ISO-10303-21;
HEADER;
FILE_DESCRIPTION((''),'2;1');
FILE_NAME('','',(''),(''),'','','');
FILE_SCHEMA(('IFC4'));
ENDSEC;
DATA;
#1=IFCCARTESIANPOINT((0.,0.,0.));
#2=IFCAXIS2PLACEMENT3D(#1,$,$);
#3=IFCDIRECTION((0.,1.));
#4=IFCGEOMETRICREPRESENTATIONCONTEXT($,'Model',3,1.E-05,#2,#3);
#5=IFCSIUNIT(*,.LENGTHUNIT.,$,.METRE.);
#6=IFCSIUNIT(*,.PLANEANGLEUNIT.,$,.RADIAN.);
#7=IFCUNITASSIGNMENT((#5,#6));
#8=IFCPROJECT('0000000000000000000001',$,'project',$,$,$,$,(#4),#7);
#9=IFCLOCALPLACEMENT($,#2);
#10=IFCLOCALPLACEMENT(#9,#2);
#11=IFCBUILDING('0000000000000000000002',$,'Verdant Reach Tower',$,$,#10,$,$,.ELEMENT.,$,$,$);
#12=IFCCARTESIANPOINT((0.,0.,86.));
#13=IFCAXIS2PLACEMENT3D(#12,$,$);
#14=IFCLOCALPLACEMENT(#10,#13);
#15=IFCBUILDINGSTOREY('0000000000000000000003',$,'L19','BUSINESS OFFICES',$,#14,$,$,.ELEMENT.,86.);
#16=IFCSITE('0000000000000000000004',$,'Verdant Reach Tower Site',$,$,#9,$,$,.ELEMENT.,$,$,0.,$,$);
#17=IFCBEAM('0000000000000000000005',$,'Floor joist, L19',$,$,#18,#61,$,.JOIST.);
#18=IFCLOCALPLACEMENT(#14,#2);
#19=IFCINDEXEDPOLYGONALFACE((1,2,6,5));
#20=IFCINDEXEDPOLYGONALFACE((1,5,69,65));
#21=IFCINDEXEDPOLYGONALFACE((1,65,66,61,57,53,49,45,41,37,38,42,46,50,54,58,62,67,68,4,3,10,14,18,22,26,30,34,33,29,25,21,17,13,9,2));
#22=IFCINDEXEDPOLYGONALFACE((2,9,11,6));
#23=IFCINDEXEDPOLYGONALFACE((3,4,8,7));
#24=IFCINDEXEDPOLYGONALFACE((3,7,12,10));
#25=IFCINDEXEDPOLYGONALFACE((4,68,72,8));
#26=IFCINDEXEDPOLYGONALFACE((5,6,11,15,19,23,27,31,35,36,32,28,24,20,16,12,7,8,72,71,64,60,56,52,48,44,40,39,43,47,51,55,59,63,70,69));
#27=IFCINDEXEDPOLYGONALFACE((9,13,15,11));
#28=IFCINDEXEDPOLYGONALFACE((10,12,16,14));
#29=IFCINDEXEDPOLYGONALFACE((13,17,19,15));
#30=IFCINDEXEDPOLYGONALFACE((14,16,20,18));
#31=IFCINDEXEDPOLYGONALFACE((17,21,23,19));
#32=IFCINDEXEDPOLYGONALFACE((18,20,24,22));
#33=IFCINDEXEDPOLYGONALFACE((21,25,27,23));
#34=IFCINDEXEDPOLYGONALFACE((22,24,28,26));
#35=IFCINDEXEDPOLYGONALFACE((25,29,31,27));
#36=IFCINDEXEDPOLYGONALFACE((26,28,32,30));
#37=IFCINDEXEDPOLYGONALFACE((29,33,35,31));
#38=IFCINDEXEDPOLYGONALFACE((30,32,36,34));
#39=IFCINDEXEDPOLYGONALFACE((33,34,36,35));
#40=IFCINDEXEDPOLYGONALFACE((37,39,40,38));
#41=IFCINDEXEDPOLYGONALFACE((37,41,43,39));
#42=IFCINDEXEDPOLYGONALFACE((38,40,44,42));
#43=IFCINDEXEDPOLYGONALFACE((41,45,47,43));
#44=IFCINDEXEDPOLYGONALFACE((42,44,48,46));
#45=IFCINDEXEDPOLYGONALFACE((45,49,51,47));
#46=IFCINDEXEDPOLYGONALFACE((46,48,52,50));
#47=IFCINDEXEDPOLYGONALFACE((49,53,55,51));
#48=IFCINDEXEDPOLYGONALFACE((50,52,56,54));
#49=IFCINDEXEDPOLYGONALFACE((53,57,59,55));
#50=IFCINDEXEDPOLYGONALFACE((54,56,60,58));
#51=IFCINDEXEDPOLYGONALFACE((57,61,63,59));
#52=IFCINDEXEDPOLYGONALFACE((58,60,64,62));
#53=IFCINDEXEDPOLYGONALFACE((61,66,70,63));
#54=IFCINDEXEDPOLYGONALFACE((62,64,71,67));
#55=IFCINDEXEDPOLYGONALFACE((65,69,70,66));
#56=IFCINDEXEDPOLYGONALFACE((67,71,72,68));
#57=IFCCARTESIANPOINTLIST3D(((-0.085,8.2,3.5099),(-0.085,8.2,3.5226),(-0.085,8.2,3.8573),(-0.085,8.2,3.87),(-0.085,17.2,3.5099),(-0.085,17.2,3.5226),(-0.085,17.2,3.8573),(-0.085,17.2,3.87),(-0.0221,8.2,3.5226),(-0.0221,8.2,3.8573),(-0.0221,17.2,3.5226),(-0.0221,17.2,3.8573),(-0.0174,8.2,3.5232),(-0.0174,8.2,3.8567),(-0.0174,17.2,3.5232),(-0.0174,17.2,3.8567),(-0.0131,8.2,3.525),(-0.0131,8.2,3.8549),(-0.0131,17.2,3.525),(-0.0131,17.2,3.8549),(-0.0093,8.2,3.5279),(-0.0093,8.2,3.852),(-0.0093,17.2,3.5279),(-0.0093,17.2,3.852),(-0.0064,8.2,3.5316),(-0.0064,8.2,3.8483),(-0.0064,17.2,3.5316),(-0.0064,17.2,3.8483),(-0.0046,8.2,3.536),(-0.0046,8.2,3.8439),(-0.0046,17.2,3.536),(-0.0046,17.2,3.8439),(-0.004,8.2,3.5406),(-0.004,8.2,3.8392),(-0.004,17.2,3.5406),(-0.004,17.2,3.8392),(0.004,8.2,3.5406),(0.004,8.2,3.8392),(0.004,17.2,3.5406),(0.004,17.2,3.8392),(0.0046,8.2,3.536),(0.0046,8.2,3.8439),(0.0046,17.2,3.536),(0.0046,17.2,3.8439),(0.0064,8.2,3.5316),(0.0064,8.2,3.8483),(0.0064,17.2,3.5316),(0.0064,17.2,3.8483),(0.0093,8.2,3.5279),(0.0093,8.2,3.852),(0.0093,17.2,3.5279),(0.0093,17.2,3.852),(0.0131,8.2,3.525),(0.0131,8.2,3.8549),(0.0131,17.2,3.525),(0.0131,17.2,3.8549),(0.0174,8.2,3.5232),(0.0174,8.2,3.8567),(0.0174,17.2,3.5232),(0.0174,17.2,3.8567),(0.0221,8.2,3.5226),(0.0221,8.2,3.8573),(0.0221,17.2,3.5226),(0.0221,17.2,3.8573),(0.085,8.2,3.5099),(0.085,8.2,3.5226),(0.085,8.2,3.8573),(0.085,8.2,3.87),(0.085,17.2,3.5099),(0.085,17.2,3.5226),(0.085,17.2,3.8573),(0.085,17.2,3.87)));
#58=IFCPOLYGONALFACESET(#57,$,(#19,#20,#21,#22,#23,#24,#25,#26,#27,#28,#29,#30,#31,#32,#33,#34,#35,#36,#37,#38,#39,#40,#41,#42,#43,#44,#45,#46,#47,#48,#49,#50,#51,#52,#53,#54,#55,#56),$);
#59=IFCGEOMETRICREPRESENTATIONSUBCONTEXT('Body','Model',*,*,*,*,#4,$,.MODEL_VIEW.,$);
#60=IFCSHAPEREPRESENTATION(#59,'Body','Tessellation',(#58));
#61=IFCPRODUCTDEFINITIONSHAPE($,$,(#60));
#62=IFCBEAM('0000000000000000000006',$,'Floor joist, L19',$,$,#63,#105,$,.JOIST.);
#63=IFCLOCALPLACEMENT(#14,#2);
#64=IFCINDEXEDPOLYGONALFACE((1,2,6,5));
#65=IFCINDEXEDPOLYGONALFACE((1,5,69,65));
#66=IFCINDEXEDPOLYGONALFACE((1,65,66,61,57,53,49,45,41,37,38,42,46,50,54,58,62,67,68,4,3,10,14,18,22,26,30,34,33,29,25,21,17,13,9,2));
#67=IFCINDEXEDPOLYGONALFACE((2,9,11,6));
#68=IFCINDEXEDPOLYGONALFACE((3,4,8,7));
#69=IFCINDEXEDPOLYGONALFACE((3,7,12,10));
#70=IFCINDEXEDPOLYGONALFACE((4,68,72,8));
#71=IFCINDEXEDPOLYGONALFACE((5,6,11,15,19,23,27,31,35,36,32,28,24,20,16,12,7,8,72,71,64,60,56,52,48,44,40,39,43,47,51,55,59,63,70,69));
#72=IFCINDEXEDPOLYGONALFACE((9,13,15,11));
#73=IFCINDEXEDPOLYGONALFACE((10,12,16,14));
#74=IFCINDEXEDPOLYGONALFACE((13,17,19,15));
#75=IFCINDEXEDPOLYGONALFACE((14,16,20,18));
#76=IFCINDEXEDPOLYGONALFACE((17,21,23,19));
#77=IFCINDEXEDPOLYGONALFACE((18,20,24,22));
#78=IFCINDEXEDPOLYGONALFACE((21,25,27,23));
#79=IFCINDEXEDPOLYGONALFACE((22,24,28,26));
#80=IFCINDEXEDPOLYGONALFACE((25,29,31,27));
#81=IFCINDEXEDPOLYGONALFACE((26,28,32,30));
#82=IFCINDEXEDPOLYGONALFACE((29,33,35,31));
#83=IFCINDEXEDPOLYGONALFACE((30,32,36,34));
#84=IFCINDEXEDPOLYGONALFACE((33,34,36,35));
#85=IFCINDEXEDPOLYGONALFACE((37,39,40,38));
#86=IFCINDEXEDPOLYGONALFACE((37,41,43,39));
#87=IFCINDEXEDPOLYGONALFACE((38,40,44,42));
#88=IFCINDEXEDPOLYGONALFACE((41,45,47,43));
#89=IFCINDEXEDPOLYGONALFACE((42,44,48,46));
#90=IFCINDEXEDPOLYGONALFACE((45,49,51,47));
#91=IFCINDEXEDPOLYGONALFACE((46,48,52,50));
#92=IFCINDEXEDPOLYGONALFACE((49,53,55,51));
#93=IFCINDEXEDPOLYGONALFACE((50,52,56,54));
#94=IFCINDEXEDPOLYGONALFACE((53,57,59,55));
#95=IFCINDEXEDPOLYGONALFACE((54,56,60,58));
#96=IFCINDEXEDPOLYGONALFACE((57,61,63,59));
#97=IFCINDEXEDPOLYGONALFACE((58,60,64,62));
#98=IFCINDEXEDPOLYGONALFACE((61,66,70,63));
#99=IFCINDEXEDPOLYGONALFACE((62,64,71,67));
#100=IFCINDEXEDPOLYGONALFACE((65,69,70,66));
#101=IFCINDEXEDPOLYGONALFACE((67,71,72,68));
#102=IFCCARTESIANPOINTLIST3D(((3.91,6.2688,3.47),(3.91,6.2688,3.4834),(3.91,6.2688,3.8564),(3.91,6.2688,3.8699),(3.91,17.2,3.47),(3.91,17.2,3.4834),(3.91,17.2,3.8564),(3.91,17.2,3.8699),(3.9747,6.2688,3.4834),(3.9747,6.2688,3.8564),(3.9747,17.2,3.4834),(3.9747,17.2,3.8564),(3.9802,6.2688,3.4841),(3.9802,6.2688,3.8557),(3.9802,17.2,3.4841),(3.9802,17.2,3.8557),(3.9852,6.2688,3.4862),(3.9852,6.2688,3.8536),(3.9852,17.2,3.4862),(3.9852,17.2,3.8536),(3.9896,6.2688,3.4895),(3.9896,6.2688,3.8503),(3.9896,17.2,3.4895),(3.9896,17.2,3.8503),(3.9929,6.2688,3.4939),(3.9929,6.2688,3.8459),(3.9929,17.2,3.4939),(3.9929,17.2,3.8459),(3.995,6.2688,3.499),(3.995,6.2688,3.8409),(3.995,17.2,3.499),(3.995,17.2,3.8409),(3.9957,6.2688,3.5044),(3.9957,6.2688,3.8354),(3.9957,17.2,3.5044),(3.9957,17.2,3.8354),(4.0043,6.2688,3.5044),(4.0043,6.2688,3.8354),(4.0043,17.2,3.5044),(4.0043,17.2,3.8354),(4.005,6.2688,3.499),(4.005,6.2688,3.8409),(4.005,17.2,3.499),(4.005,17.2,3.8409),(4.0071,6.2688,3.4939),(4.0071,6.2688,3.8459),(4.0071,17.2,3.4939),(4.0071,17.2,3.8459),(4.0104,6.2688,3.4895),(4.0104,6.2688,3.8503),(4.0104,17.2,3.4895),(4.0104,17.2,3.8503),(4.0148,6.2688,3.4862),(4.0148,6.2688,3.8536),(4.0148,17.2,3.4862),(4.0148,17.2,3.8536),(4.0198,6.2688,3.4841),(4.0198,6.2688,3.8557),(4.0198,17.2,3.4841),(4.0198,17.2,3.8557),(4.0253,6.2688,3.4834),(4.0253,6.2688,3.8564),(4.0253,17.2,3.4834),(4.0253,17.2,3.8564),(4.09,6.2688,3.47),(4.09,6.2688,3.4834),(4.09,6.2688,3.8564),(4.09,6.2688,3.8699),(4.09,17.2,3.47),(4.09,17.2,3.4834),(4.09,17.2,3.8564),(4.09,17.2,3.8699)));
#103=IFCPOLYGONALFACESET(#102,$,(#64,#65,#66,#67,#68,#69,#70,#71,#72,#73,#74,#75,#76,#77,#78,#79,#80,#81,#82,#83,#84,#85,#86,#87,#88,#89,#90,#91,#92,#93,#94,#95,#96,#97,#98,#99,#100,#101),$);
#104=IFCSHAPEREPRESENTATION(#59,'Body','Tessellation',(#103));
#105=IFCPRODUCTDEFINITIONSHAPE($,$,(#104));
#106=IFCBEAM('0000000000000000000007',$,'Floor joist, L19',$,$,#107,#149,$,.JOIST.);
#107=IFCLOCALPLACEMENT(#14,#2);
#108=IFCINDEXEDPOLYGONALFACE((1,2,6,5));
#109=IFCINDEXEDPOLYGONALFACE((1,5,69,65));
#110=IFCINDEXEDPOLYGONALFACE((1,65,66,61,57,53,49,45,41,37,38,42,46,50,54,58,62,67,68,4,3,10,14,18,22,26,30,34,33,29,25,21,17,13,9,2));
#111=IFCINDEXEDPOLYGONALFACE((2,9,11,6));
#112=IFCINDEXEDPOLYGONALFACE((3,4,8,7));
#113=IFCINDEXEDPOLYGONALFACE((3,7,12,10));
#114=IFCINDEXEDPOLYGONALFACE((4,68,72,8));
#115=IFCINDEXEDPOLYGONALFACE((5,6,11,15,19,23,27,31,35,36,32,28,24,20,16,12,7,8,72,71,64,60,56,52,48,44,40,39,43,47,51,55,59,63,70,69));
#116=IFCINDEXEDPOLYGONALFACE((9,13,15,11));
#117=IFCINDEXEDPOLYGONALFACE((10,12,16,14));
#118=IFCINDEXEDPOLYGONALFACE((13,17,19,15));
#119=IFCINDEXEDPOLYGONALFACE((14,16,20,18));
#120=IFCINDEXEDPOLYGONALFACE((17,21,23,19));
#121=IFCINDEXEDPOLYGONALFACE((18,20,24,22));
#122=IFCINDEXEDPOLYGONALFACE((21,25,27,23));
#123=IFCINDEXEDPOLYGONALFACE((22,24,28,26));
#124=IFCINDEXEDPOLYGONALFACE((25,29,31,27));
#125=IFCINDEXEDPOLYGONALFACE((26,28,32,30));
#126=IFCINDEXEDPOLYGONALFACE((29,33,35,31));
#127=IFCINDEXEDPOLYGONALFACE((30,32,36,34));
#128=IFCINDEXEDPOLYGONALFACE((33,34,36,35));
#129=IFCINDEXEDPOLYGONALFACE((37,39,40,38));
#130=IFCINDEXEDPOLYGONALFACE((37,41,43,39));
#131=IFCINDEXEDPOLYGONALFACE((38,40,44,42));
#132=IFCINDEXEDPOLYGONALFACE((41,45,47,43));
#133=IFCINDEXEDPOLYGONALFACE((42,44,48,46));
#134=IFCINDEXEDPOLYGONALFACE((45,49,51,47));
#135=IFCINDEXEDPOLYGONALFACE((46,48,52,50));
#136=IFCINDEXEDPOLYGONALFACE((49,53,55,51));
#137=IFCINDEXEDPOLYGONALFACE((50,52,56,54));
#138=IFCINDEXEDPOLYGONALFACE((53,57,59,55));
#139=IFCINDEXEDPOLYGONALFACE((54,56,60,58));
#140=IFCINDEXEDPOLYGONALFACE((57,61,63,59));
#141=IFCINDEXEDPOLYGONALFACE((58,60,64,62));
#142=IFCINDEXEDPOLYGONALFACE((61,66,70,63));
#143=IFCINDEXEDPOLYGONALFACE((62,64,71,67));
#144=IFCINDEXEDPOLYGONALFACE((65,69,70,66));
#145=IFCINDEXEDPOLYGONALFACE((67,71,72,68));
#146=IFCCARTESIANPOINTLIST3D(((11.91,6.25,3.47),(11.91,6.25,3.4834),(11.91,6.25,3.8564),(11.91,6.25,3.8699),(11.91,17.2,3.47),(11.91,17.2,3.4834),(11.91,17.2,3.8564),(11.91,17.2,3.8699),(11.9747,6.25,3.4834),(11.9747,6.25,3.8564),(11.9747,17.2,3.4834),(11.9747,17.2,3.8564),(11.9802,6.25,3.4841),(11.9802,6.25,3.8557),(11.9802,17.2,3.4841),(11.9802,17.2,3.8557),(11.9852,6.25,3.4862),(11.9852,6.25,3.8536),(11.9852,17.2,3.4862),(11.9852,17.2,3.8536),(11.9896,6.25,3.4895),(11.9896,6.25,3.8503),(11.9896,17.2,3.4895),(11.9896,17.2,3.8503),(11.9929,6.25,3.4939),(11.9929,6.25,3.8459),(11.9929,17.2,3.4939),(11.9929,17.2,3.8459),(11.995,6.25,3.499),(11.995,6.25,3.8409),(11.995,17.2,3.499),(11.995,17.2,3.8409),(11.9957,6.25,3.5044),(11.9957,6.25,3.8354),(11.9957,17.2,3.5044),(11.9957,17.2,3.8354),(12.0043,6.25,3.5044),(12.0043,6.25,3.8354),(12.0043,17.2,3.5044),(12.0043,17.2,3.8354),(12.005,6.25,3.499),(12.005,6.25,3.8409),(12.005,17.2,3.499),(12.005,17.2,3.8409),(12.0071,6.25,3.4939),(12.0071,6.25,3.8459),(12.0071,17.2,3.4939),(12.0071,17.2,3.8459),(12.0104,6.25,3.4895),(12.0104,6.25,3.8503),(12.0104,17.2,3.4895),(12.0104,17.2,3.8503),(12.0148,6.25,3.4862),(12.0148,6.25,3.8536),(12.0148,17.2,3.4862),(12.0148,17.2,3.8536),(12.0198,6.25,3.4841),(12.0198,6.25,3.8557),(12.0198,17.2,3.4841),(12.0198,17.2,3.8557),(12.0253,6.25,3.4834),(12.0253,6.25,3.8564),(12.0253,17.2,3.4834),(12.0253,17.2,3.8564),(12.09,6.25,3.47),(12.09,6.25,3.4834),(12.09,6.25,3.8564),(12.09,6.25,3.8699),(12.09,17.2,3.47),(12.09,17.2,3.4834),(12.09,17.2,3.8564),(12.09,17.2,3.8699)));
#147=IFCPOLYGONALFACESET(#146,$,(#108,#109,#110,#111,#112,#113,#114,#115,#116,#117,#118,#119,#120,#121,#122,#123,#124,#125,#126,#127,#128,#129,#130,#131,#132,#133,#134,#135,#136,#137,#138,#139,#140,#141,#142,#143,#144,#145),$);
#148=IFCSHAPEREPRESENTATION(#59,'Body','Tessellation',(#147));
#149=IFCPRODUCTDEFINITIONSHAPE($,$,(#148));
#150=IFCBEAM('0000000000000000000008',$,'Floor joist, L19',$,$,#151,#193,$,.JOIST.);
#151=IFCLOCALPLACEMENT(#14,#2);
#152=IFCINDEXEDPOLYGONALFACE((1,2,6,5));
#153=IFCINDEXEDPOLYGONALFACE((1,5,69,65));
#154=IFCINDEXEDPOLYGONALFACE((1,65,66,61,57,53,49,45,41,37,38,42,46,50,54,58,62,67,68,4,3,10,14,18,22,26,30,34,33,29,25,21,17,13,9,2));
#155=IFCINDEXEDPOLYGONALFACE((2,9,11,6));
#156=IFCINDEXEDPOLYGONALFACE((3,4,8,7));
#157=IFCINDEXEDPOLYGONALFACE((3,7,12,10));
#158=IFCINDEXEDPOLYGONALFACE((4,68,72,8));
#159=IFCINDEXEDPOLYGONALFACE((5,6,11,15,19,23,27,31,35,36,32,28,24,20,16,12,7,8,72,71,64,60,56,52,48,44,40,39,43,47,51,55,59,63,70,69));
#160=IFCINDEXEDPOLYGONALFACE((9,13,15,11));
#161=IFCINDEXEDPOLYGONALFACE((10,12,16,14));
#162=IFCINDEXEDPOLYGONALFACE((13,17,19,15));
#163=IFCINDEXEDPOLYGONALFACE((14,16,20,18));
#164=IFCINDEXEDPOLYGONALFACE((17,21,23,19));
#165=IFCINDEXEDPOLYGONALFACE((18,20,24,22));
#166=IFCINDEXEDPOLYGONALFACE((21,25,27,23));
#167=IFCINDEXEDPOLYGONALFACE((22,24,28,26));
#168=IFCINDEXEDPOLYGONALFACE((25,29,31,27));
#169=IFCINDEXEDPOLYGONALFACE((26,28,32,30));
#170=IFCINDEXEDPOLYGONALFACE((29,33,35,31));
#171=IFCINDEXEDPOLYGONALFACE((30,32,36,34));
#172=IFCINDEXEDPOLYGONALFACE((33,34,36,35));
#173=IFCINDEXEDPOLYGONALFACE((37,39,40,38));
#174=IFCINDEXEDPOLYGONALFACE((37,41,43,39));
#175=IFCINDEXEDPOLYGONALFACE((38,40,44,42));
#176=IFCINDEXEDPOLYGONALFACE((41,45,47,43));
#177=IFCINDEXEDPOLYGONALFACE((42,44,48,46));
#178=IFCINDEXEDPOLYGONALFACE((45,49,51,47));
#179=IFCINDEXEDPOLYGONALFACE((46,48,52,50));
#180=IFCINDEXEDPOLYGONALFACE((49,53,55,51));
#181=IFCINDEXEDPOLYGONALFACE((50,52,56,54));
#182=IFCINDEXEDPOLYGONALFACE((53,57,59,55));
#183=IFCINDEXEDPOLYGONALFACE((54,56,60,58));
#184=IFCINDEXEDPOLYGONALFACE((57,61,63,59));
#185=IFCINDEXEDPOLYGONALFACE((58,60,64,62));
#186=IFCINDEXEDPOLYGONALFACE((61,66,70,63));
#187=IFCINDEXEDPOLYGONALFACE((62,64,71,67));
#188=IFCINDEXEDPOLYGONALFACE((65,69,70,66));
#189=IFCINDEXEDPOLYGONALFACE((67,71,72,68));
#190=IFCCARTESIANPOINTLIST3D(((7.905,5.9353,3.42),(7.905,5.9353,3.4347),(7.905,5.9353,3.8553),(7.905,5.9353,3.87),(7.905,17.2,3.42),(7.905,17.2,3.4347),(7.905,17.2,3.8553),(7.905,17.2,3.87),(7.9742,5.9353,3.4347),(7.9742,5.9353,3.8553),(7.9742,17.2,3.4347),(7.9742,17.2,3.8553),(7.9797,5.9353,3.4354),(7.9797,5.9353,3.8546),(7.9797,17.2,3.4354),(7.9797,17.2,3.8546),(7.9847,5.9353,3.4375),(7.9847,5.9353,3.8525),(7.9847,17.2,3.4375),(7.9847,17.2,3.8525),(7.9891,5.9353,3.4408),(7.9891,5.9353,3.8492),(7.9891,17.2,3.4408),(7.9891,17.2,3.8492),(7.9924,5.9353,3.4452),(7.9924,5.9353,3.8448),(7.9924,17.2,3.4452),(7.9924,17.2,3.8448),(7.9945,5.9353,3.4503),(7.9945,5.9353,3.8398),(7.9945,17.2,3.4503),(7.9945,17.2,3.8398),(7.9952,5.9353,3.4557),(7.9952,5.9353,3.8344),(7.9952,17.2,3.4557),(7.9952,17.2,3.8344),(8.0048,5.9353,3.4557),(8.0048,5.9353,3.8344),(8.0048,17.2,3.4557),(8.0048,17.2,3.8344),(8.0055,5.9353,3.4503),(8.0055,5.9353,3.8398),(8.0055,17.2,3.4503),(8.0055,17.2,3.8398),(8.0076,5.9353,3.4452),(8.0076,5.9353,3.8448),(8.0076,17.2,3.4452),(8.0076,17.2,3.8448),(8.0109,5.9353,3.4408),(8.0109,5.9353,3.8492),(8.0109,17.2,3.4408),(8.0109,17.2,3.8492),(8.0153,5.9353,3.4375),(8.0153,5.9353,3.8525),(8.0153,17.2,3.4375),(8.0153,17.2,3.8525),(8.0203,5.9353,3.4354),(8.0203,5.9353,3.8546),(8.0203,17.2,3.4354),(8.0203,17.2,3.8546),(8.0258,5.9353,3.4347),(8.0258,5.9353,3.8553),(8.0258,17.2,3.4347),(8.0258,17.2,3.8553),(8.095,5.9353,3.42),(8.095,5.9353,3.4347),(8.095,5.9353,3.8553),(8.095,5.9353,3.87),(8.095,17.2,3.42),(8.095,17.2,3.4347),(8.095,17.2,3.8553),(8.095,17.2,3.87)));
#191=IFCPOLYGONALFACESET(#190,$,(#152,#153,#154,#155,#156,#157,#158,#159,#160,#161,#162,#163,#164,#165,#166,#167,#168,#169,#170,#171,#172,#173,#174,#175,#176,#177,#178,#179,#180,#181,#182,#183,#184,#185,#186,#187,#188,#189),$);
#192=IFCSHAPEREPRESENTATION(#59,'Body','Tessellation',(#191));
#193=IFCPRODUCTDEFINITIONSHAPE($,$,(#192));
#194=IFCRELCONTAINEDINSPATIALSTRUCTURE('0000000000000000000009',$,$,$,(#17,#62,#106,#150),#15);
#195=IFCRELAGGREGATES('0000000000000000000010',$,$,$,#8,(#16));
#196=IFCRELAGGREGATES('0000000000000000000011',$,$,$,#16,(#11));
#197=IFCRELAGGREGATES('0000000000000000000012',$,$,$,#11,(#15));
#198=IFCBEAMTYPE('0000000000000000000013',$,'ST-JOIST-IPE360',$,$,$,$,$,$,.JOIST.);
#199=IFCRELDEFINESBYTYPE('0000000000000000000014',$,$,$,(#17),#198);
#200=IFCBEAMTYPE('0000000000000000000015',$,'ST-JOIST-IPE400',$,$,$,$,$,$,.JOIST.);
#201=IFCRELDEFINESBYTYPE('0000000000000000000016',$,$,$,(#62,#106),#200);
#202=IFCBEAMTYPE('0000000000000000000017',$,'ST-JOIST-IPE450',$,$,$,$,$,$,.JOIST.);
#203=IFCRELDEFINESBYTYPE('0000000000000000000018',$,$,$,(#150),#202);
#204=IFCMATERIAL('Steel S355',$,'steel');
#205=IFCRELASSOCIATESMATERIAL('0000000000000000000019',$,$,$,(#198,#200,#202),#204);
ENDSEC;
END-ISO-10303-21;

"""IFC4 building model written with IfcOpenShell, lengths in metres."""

from ifc_helpers import new_model, si_unit, direction, frame, origin, origin_2d, place, context, subcontext, project, spatial, i_section, extrude, material, material_profile, profile_set, type_object, element, save


model = new_model("IFC4")

# Units and contexts
model_context = context("Model", 3, precision=1e-05, world=origin(), true_north=direction((0.0, 1.0)))
body_context = subcontext(model_context, "Body", "Model", "MODEL_VIEW")
ifc_project = project(units=[si_unit("LENGTHUNIT", "METRE"), si_unit("PLANEANGLEUNIT", "RADIAN")], contexts=[model_context])

# Site, building, storey
site_placement = place(None, origin())
site = spatial("IfcSite", under=ifc_project, at=site_placement, Name="Verdant Reach Tower Site", CompositionType="ELEMENT", RefElevation=0.0)
building_placement = place(site_placement, origin())
building = spatial("IfcBuilding", under=site, at=building_placement, Name="Verdant Reach Tower", CompositionType="ELEMENT")
storey_placement = place(building_placement, frame((0.0, 0.0, 86.0)))
storey = spatial("IfcBuildingStorey", under=building, at=storey_placement, Name="L19", Description="BUSINESS OFFICES", CompositionType="ELEMENT", Elevation=86.0)

# Beams
ifc_material_1 = material(Name="Steel S355", Category="steel")
ifc_material_profile_1 = material_profile(ifc_material_1, i_section(OverallWidth=0.1699, OverallDepth=0.3601, WebThickness=0.0081, FlangeThickness=0.0127, FilletRadius=0.0181, at=origin_2d()), Name="IPE 360")
ifc_profile_set_1 = profile_set([ifc_material_profile_1], Name="Steel S355")
beam_type_1 = type_object("IfcBeamType", Name="ST-JOIST-IPE360", PredefinedType="JOIST", material=ifc_profile_set_1)
beam_1_placement = place(storey_placement, frame((0.0, 17.2, 3.6899), z_axis=(0.0, -1.0, 0.0), x_axis=(1.0, 0.0, 0.0)))
element("IfcBeam", 1, at=beam_1_placement, inside=storey, type_object=beam_type_1, Name="Floor joist, L19", PredefinedType="JOIST", context=body_context, shape_type="SweptSolid", body=[
    extrude(i_section(OverallWidth=0.1699, OverallDepth=0.3601, WebThickness=0.0081, FlangeThickness=0.0127, FilletRadius=0.0181, at=origin_2d()), origin(), (0.0, 0.0, 1.0), 9.0),
])
ifc_material_profile_2 = material_profile(ifc_material_1, i_section(OverallWidth=0.1799, OverallDepth=0.3999, WebThickness=0.0085, FlangeThickness=0.0134, FilletRadius=0.021, at=origin_2d()), Name="IPE 400")
ifc_profile_set_2 = profile_set([ifc_material_profile_2], Name="Steel S355")
beam_type_2 = type_object("IfcBeamType", Name="ST-JOIST-IPE400", PredefinedType="JOIST", material=ifc_profile_set_2)
beam_2_placement = place(storey_placement, frame((4.0, 17.2, 3.6699), z_axis=(0.0, -1.0, 0.0), x_axis=(1.0, 0.0, 0.0)))
element("IfcBeam", 2, at=beam_2_placement, inside=storey, type_object=beam_type_2, Name="Floor joist, L19", PredefinedType="JOIST", context=body_context, shape_type="SweptSolid", body=[
    extrude(i_section(OverallWidth=0.1799, OverallDepth=0.3999, WebThickness=0.0085, FlangeThickness=0.0134, FilletRadius=0.021, at=origin_2d()), origin(), (0.0, 0.0, 1.0), 10.9312),
])
beam_3_placement = place(storey_placement, frame((12.0, 17.2, 3.6699), z_axis=(0.0, -1.0, 0.0), x_axis=(1.0, 0.0, 0.0)))
element("IfcBeam", 3, at=beam_3_placement, inside=storey, type_object=beam_type_2, Name="Floor joist, L19", PredefinedType="JOIST", context=body_context, shape_type="SweptSolid", body=[
    extrude(i_section(OverallWidth=0.1799, OverallDepth=0.3999, WebThickness=0.0085, FlangeThickness=0.0134, FilletRadius=0.021, at=origin_2d()), origin(), (0.0, 0.0, 1.0), 10.95),
])
ifc_material_profile_3 = material_profile(ifc_material_1, i_section(OverallWidth=0.1899, OverallDepth=0.45, WebThickness=0.0095, FlangeThickness=0.0146, FilletRadius=0.021, at=origin_2d()), Name="IPE 450")
ifc_profile_set_3 = profile_set([ifc_material_profile_3], Name="Steel S355")
beam_type_3 = type_object("IfcBeamType", Name="ST-JOIST-IPE450", PredefinedType="JOIST", material=ifc_profile_set_3)
beam_4_placement = place(storey_placement, frame((8.0, 17.2, 3.645), z_axis=(0.0, -1.0, 0.0), x_axis=(1.0, 0.0, 0.0)))
element("IfcBeam", 4, at=beam_4_placement, inside=storey, type_object=beam_type_3, Name="Floor joist, L19", PredefinedType="JOIST", context=body_context, shape_type="SweptSolid", body=[
    extrude(i_section(OverallWidth=0.1899, OverallDepth=0.45, WebThickness=0.0095, FlangeThickness=0.0146, FilletRadius=0.021, at=origin_2d()), origin(), (0.0, 0.0, 1.0), 11.2646),
])

save(model, "model.ifc")
